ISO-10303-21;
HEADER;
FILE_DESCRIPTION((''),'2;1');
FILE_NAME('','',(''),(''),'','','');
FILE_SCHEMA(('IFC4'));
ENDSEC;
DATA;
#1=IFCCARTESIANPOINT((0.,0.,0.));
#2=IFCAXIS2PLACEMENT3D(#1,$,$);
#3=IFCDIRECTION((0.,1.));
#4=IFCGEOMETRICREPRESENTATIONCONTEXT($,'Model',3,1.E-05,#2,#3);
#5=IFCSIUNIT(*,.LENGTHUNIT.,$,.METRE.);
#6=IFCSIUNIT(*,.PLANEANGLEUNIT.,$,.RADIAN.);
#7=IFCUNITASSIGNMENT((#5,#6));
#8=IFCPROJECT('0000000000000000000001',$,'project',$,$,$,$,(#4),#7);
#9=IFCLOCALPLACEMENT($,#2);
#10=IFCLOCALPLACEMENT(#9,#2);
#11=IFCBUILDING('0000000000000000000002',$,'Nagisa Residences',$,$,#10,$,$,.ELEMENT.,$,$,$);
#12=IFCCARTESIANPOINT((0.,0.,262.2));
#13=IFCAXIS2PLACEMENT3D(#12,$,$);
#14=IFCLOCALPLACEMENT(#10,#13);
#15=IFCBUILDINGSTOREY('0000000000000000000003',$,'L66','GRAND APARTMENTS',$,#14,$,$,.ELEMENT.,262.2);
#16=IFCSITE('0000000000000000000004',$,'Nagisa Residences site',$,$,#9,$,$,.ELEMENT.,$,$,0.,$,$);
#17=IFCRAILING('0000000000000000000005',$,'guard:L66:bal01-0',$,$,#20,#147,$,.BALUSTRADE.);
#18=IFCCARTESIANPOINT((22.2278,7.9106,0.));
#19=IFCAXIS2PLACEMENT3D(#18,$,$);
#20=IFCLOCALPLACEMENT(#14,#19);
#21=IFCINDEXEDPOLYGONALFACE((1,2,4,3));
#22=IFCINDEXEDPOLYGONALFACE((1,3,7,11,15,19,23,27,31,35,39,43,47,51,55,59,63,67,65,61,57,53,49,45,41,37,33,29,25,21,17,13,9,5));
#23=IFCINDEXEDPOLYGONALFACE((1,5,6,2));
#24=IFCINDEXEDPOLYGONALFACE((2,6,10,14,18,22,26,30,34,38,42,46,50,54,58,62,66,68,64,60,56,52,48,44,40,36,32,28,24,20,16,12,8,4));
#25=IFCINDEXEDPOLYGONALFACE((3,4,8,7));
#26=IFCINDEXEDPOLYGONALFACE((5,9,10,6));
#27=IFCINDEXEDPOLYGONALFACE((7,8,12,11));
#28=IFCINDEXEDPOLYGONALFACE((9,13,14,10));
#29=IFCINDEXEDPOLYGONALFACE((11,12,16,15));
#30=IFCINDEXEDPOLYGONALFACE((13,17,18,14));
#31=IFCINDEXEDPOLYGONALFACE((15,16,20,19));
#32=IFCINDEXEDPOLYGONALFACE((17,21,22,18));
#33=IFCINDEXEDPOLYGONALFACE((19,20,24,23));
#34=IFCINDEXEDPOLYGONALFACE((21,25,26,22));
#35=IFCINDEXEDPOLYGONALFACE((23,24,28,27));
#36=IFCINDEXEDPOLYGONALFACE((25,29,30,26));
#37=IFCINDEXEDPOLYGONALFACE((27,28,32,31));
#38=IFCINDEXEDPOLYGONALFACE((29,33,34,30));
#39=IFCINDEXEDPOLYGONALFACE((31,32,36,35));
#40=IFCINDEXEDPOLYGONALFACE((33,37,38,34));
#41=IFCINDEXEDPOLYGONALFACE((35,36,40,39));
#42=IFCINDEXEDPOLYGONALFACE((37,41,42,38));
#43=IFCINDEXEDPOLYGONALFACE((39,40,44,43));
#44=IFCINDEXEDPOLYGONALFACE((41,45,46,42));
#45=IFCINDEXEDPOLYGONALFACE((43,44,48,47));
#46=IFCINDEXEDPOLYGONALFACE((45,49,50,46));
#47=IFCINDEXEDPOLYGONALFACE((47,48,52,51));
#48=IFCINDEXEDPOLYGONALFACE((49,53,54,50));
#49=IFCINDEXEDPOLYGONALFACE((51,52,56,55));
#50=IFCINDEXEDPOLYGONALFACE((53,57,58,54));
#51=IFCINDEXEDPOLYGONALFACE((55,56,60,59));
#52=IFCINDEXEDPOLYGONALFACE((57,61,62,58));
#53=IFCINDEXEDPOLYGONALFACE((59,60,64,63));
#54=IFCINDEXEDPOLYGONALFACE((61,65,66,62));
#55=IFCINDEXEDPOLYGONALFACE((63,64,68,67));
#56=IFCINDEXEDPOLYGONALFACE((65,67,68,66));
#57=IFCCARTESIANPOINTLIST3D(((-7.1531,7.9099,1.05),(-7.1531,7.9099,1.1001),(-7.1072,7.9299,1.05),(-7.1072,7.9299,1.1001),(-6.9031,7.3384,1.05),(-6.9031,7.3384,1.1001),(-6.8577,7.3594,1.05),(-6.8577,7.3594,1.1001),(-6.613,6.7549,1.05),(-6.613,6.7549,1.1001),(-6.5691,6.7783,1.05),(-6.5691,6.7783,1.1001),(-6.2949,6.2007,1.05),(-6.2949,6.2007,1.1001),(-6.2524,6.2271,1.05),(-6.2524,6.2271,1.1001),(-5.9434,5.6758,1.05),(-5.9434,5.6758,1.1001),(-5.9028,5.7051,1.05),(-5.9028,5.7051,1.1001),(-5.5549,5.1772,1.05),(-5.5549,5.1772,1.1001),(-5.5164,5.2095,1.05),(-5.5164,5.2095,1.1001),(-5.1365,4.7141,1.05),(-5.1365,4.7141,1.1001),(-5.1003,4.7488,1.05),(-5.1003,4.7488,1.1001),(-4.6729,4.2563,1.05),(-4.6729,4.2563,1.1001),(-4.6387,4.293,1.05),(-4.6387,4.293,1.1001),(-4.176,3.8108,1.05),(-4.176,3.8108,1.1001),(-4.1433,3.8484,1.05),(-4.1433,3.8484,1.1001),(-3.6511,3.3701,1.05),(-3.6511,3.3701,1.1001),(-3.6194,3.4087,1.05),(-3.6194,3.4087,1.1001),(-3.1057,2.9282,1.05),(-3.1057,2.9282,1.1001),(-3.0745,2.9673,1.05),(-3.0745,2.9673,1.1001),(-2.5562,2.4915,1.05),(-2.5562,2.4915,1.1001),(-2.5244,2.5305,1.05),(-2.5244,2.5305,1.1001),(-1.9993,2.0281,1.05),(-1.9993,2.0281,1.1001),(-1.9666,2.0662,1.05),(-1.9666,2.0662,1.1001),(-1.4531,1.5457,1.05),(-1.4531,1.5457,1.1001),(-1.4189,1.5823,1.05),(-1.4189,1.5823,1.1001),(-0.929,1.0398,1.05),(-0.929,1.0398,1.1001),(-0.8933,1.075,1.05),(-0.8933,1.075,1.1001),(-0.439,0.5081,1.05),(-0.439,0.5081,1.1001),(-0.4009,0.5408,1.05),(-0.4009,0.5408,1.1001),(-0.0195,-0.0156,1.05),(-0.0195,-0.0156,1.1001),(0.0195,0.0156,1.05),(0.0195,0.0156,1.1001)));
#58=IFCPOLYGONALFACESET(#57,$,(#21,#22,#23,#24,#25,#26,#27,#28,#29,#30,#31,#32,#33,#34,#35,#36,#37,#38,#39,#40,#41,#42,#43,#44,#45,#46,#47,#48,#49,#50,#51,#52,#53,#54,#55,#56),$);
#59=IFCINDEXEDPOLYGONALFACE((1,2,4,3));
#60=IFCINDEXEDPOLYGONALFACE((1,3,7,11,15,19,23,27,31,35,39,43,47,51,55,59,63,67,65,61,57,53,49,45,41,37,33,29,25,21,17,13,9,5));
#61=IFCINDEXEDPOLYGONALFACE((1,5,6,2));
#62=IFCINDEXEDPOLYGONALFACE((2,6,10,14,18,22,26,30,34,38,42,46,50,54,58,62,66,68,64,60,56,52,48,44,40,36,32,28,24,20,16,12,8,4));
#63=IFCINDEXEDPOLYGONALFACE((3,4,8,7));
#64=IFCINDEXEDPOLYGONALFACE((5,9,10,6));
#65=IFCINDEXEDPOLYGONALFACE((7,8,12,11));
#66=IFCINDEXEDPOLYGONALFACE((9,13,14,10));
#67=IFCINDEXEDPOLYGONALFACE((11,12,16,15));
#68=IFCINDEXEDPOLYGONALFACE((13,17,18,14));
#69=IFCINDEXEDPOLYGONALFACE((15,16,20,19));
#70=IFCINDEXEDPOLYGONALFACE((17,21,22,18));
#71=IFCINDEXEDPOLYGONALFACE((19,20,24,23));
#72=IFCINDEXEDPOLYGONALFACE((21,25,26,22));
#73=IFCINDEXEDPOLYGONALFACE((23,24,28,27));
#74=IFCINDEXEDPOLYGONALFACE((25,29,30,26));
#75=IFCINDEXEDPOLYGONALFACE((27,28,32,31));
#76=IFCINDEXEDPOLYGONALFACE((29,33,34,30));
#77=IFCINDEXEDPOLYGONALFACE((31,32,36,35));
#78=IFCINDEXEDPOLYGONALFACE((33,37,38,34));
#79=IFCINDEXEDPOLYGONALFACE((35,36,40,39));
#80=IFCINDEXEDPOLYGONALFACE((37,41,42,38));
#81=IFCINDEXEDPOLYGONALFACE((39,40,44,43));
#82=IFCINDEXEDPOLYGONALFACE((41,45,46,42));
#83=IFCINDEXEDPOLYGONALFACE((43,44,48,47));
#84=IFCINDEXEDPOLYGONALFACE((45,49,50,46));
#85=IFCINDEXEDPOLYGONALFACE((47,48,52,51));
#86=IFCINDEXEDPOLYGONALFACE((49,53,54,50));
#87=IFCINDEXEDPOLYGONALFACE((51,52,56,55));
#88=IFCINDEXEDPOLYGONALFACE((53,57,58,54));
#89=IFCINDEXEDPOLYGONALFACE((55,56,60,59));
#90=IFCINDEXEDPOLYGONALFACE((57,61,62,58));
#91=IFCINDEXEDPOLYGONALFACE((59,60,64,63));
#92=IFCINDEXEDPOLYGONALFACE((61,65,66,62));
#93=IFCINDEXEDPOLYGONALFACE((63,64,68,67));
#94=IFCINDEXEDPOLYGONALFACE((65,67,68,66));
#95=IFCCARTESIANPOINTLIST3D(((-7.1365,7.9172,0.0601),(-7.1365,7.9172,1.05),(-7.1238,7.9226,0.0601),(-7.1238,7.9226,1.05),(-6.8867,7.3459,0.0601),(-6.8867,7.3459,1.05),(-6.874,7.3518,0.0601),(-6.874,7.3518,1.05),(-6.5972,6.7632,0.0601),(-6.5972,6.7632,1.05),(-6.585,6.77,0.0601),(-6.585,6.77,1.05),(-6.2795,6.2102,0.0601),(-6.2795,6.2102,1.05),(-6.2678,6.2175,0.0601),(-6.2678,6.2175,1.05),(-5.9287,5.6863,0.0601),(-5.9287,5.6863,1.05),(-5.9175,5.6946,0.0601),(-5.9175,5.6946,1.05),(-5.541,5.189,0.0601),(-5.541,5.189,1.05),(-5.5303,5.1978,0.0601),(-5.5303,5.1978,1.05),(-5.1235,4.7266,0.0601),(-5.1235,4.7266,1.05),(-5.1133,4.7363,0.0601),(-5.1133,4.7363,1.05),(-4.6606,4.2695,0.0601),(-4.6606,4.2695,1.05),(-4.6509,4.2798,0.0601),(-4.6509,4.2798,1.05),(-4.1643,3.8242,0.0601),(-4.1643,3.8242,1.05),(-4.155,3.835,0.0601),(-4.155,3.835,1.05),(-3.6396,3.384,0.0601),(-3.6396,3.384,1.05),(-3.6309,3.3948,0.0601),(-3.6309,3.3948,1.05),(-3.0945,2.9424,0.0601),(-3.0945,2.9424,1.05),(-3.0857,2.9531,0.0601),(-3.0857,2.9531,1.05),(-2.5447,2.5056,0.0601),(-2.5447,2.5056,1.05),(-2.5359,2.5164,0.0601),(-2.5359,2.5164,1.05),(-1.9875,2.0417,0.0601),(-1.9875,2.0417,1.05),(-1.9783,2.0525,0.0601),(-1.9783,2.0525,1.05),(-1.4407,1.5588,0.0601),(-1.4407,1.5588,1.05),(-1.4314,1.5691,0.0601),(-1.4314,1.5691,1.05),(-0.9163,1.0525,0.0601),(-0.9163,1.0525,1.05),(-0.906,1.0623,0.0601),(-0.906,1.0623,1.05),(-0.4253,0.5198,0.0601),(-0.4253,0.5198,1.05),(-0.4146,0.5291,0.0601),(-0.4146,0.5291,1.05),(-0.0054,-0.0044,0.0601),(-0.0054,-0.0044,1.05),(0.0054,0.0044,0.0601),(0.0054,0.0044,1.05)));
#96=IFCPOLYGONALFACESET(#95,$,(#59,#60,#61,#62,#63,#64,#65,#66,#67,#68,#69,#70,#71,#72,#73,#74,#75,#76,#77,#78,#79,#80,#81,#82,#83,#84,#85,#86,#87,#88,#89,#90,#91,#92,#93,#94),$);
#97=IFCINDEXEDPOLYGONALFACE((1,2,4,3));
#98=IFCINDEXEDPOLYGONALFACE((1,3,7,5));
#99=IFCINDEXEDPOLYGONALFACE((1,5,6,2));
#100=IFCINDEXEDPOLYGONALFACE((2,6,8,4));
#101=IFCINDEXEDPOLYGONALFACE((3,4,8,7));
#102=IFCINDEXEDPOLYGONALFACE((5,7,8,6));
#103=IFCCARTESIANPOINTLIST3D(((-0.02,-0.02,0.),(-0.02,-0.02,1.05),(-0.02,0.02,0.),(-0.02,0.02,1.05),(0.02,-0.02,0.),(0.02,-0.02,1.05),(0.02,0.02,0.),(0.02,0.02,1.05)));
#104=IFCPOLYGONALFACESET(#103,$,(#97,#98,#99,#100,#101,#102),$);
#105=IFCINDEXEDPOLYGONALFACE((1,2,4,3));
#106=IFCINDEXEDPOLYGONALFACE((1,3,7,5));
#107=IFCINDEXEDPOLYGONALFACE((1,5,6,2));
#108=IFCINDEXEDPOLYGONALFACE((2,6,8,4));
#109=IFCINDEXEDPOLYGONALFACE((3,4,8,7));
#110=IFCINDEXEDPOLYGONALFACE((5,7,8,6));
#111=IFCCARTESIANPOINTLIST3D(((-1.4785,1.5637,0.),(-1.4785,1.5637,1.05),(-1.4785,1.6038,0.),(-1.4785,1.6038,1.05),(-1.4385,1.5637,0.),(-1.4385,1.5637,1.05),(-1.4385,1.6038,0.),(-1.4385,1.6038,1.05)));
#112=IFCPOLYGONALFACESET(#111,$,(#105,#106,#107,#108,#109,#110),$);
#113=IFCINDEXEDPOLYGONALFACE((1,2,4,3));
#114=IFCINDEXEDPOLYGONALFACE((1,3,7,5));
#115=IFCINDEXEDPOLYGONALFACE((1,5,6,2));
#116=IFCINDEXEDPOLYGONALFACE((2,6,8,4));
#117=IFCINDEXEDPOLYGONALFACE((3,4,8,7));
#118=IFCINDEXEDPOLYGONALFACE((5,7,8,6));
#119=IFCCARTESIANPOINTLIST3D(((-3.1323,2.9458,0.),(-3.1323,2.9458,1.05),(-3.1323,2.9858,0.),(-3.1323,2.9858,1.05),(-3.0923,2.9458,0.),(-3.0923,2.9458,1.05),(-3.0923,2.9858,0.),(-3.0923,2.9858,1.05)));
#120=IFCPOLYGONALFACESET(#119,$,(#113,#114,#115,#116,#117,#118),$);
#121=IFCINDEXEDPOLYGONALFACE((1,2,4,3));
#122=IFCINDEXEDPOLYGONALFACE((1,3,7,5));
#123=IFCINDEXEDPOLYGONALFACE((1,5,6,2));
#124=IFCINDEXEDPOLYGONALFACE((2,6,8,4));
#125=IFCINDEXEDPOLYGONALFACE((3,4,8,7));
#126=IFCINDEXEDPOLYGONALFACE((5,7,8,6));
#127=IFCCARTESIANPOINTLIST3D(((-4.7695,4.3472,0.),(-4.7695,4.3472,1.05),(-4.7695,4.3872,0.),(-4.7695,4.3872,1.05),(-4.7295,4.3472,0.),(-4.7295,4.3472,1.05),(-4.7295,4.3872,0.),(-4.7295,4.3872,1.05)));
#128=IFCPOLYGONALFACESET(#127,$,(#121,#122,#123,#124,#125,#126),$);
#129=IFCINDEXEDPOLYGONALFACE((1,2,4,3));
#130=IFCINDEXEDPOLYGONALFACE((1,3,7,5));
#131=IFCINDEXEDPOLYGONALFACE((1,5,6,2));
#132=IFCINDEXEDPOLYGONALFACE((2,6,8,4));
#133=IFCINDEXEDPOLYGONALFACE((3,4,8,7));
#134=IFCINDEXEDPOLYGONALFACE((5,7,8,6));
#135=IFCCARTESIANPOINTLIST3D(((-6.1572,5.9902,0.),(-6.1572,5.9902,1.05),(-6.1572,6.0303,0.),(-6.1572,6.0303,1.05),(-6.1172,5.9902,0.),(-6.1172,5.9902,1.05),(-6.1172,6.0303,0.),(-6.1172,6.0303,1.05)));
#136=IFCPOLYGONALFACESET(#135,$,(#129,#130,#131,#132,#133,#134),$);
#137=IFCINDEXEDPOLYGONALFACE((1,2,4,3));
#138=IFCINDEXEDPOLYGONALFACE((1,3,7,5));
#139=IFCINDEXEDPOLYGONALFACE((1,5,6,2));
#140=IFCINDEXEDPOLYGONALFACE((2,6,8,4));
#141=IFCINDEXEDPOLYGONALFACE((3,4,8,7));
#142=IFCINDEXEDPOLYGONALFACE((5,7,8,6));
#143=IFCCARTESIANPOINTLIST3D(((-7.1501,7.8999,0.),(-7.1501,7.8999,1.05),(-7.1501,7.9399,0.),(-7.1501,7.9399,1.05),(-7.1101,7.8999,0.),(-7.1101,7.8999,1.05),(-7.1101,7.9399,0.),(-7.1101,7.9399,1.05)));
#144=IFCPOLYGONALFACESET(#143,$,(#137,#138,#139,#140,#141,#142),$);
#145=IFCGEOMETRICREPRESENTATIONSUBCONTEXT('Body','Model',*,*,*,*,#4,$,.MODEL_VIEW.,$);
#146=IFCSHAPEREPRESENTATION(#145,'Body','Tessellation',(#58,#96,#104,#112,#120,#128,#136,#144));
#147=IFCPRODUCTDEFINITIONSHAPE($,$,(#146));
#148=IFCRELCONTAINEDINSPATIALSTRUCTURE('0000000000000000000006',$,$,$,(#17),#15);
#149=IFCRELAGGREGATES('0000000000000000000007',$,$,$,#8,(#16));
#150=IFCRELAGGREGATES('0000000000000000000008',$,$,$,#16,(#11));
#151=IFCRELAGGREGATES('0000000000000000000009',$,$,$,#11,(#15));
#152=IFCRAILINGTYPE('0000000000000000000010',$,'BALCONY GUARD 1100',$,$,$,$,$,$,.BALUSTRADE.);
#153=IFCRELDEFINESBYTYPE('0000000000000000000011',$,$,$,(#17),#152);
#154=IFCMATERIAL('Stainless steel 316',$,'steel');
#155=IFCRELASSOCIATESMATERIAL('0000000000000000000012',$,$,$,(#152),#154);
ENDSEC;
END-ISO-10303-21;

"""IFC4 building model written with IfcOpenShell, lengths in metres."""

from ifc_helpers import new_model, si_unit, direction, frame, origin, origin_2d, place, context, subcontext, project, spatial, polyline, rectangle, outline, extrude, material, type_object, element, save


model = new_model("IFC4")

# Units and contexts
model_context = context("Model", 3, precision=1e-05, world=origin(), true_north=direction((0.0, 1.0)))
body_context = subcontext(model_context, "Body", "Model", "MODEL_VIEW")
ifc_project = project(units=[si_unit("LENGTHUNIT", "METRE"), si_unit("PLANEANGLEUNIT", "RADIAN")], contexts=[model_context])

# Site, building, storey
site_placement = place(None, origin())
site = spatial("IfcSite", under=ifc_project, at=site_placement, Name="Nagisa Residences site", CompositionType="ELEMENT", RefElevation=0.0)
building_placement = place(site_placement, origin())
building = spatial("IfcBuilding", under=site, at=building_placement, Name="Nagisa Residences", CompositionType="ELEMENT")
storey_placement = place(building_placement, frame((0.0, 0.0, 262.2)))
storey = spatial("IfcBuildingStorey", under=building, at=storey_placement, Name="L66", Description="GRAND APARTMENTS", CompositionType="ELEMENT", Elevation=262.2)

# Railing
ifc_material_1 = material(Name="Stainless steel 316", Category="steel")
railing_type = type_object("IfcRailingType", Name="BALCONY GUARD 1100", PredefinedType="BALUSTRADE", material=ifc_material_1)
railing_placement = place(storey_placement, frame((22.2278, 7.9106, 0.0)))
element("IfcRailing", 1, at=railing_placement, inside=storey, type_object=railing_type, Name="guard:L66:bal01-0", PredefinedType="BALUSTRADE", context=body_context, shape_type="SweptSolid", body=[
    extrude(outline(polyline([(-0.439, 0.5081), (-0.0195, -0.0156), (0.0195, 0.0156), (-0.4009, 0.5408), (-0.8933, 1.075), (-1.4189, 1.5823), (-1.9666, 2.0662), (-2.5244, 2.5305), (-3.0745, 2.9673), (-3.6194, 3.4087), (-4.1433, 3.8484), (-4.6387, 4.293), (-5.1003, 4.7488), (-5.5164, 5.2095), (-5.9028, 5.7051), (-6.2524, 6.2271), (-6.5691, 6.7783), (-6.8577, 7.3594), (-7.1072, 7.9299), (-7.1531, 7.9099), (-6.9031, 7.3384), (-6.613, 6.7549), (-6.2949, 6.2007), (-5.9434, 5.6758), (-5.5549, 5.1772), (-5.1365, 4.7141), (-4.6729, 4.2563), (-4.176, 3.8108), (-3.6511, 3.3701), (-3.1057, 2.9282), (-2.5562, 2.4915), (-1.9993, 2.0281), (-1.4531, 1.5457), (-0.929, 1.0398), (-0.439, 0.5081)])), frame((0.0, 0.0, 1.05)), (0.0, 0.0, 1.0), 0.05),
    extrude(outline(polyline([(-0.4253, 0.5198), (-0.0054, -0.0044), (0.0054, 0.0044), (-0.4146, 0.5291), (-0.906, 1.0623), (-1.4314, 1.5691), (-1.9783, 2.0525), (-2.5359, 2.5164), (-3.0857, 2.9531), (-3.6309, 3.3948), (-4.155, 3.835), (-4.6509, 4.2798), (-5.1133, 4.7363), (-5.5303, 5.1978), (-5.9175, 5.6946), (-6.2678, 6.2175), (-6.585, 6.77), (-6.874, 7.3518), (-7.1238, 7.9226), (-7.1365, 7.9172), (-6.8867, 7.3459), (-6.5972, 6.7632), (-6.2795, 6.2102), (-5.9287, 5.6863), (-5.541, 5.189), (-5.1235, 4.7266), (-4.6606, 4.2695), (-4.1643, 3.8242), (-3.6396, 3.384), (-3.0945, 2.9424), (-2.5447, 2.5056), (-1.9875, 2.0417), (-1.4407, 1.5588), (-0.9163, 1.0525), (-0.4253, 0.5198)])), frame((0.0, 0.0, 0.0601)), (0.0, 0.0, 1.0), 0.99),
    extrude(rectangle(XDim=0.04, YDim=0.04, at=origin_2d()), origin(), (0.0, 0.0, 1.0), 1.05),
    extrude(rectangle(XDim=0.04, YDim=0.04, at=origin_2d()), frame((-1.4585, 1.5837, 0.0)), (0.0, 0.0, 1.0), 1.05),
    extrude(rectangle(XDim=0.04, YDim=0.04, at=origin_2d()), frame((-3.1123, 2.9658, 0.0)), (0.0, 0.0, 1.0), 1.05),
    extrude(rectangle(XDim=0.04, YDim=0.04, at=origin_2d()), frame((-4.7495, 4.3672, 0.0)), (0.0, 0.0, 1.0), 1.05),
    extrude(rectangle(XDim=0.04, YDim=0.04, at=origin_2d()), frame((-6.1372, 6.0103, 0.0)), (0.0, 0.0, 1.0), 1.05),
    extrude(rectangle(XDim=0.04, YDim=0.04, at=origin_2d()), frame((-7.1301, 7.9199, 0.0)), (0.0, 0.0, 1.0), 1.05),
])

save(model, "model.ifc")
